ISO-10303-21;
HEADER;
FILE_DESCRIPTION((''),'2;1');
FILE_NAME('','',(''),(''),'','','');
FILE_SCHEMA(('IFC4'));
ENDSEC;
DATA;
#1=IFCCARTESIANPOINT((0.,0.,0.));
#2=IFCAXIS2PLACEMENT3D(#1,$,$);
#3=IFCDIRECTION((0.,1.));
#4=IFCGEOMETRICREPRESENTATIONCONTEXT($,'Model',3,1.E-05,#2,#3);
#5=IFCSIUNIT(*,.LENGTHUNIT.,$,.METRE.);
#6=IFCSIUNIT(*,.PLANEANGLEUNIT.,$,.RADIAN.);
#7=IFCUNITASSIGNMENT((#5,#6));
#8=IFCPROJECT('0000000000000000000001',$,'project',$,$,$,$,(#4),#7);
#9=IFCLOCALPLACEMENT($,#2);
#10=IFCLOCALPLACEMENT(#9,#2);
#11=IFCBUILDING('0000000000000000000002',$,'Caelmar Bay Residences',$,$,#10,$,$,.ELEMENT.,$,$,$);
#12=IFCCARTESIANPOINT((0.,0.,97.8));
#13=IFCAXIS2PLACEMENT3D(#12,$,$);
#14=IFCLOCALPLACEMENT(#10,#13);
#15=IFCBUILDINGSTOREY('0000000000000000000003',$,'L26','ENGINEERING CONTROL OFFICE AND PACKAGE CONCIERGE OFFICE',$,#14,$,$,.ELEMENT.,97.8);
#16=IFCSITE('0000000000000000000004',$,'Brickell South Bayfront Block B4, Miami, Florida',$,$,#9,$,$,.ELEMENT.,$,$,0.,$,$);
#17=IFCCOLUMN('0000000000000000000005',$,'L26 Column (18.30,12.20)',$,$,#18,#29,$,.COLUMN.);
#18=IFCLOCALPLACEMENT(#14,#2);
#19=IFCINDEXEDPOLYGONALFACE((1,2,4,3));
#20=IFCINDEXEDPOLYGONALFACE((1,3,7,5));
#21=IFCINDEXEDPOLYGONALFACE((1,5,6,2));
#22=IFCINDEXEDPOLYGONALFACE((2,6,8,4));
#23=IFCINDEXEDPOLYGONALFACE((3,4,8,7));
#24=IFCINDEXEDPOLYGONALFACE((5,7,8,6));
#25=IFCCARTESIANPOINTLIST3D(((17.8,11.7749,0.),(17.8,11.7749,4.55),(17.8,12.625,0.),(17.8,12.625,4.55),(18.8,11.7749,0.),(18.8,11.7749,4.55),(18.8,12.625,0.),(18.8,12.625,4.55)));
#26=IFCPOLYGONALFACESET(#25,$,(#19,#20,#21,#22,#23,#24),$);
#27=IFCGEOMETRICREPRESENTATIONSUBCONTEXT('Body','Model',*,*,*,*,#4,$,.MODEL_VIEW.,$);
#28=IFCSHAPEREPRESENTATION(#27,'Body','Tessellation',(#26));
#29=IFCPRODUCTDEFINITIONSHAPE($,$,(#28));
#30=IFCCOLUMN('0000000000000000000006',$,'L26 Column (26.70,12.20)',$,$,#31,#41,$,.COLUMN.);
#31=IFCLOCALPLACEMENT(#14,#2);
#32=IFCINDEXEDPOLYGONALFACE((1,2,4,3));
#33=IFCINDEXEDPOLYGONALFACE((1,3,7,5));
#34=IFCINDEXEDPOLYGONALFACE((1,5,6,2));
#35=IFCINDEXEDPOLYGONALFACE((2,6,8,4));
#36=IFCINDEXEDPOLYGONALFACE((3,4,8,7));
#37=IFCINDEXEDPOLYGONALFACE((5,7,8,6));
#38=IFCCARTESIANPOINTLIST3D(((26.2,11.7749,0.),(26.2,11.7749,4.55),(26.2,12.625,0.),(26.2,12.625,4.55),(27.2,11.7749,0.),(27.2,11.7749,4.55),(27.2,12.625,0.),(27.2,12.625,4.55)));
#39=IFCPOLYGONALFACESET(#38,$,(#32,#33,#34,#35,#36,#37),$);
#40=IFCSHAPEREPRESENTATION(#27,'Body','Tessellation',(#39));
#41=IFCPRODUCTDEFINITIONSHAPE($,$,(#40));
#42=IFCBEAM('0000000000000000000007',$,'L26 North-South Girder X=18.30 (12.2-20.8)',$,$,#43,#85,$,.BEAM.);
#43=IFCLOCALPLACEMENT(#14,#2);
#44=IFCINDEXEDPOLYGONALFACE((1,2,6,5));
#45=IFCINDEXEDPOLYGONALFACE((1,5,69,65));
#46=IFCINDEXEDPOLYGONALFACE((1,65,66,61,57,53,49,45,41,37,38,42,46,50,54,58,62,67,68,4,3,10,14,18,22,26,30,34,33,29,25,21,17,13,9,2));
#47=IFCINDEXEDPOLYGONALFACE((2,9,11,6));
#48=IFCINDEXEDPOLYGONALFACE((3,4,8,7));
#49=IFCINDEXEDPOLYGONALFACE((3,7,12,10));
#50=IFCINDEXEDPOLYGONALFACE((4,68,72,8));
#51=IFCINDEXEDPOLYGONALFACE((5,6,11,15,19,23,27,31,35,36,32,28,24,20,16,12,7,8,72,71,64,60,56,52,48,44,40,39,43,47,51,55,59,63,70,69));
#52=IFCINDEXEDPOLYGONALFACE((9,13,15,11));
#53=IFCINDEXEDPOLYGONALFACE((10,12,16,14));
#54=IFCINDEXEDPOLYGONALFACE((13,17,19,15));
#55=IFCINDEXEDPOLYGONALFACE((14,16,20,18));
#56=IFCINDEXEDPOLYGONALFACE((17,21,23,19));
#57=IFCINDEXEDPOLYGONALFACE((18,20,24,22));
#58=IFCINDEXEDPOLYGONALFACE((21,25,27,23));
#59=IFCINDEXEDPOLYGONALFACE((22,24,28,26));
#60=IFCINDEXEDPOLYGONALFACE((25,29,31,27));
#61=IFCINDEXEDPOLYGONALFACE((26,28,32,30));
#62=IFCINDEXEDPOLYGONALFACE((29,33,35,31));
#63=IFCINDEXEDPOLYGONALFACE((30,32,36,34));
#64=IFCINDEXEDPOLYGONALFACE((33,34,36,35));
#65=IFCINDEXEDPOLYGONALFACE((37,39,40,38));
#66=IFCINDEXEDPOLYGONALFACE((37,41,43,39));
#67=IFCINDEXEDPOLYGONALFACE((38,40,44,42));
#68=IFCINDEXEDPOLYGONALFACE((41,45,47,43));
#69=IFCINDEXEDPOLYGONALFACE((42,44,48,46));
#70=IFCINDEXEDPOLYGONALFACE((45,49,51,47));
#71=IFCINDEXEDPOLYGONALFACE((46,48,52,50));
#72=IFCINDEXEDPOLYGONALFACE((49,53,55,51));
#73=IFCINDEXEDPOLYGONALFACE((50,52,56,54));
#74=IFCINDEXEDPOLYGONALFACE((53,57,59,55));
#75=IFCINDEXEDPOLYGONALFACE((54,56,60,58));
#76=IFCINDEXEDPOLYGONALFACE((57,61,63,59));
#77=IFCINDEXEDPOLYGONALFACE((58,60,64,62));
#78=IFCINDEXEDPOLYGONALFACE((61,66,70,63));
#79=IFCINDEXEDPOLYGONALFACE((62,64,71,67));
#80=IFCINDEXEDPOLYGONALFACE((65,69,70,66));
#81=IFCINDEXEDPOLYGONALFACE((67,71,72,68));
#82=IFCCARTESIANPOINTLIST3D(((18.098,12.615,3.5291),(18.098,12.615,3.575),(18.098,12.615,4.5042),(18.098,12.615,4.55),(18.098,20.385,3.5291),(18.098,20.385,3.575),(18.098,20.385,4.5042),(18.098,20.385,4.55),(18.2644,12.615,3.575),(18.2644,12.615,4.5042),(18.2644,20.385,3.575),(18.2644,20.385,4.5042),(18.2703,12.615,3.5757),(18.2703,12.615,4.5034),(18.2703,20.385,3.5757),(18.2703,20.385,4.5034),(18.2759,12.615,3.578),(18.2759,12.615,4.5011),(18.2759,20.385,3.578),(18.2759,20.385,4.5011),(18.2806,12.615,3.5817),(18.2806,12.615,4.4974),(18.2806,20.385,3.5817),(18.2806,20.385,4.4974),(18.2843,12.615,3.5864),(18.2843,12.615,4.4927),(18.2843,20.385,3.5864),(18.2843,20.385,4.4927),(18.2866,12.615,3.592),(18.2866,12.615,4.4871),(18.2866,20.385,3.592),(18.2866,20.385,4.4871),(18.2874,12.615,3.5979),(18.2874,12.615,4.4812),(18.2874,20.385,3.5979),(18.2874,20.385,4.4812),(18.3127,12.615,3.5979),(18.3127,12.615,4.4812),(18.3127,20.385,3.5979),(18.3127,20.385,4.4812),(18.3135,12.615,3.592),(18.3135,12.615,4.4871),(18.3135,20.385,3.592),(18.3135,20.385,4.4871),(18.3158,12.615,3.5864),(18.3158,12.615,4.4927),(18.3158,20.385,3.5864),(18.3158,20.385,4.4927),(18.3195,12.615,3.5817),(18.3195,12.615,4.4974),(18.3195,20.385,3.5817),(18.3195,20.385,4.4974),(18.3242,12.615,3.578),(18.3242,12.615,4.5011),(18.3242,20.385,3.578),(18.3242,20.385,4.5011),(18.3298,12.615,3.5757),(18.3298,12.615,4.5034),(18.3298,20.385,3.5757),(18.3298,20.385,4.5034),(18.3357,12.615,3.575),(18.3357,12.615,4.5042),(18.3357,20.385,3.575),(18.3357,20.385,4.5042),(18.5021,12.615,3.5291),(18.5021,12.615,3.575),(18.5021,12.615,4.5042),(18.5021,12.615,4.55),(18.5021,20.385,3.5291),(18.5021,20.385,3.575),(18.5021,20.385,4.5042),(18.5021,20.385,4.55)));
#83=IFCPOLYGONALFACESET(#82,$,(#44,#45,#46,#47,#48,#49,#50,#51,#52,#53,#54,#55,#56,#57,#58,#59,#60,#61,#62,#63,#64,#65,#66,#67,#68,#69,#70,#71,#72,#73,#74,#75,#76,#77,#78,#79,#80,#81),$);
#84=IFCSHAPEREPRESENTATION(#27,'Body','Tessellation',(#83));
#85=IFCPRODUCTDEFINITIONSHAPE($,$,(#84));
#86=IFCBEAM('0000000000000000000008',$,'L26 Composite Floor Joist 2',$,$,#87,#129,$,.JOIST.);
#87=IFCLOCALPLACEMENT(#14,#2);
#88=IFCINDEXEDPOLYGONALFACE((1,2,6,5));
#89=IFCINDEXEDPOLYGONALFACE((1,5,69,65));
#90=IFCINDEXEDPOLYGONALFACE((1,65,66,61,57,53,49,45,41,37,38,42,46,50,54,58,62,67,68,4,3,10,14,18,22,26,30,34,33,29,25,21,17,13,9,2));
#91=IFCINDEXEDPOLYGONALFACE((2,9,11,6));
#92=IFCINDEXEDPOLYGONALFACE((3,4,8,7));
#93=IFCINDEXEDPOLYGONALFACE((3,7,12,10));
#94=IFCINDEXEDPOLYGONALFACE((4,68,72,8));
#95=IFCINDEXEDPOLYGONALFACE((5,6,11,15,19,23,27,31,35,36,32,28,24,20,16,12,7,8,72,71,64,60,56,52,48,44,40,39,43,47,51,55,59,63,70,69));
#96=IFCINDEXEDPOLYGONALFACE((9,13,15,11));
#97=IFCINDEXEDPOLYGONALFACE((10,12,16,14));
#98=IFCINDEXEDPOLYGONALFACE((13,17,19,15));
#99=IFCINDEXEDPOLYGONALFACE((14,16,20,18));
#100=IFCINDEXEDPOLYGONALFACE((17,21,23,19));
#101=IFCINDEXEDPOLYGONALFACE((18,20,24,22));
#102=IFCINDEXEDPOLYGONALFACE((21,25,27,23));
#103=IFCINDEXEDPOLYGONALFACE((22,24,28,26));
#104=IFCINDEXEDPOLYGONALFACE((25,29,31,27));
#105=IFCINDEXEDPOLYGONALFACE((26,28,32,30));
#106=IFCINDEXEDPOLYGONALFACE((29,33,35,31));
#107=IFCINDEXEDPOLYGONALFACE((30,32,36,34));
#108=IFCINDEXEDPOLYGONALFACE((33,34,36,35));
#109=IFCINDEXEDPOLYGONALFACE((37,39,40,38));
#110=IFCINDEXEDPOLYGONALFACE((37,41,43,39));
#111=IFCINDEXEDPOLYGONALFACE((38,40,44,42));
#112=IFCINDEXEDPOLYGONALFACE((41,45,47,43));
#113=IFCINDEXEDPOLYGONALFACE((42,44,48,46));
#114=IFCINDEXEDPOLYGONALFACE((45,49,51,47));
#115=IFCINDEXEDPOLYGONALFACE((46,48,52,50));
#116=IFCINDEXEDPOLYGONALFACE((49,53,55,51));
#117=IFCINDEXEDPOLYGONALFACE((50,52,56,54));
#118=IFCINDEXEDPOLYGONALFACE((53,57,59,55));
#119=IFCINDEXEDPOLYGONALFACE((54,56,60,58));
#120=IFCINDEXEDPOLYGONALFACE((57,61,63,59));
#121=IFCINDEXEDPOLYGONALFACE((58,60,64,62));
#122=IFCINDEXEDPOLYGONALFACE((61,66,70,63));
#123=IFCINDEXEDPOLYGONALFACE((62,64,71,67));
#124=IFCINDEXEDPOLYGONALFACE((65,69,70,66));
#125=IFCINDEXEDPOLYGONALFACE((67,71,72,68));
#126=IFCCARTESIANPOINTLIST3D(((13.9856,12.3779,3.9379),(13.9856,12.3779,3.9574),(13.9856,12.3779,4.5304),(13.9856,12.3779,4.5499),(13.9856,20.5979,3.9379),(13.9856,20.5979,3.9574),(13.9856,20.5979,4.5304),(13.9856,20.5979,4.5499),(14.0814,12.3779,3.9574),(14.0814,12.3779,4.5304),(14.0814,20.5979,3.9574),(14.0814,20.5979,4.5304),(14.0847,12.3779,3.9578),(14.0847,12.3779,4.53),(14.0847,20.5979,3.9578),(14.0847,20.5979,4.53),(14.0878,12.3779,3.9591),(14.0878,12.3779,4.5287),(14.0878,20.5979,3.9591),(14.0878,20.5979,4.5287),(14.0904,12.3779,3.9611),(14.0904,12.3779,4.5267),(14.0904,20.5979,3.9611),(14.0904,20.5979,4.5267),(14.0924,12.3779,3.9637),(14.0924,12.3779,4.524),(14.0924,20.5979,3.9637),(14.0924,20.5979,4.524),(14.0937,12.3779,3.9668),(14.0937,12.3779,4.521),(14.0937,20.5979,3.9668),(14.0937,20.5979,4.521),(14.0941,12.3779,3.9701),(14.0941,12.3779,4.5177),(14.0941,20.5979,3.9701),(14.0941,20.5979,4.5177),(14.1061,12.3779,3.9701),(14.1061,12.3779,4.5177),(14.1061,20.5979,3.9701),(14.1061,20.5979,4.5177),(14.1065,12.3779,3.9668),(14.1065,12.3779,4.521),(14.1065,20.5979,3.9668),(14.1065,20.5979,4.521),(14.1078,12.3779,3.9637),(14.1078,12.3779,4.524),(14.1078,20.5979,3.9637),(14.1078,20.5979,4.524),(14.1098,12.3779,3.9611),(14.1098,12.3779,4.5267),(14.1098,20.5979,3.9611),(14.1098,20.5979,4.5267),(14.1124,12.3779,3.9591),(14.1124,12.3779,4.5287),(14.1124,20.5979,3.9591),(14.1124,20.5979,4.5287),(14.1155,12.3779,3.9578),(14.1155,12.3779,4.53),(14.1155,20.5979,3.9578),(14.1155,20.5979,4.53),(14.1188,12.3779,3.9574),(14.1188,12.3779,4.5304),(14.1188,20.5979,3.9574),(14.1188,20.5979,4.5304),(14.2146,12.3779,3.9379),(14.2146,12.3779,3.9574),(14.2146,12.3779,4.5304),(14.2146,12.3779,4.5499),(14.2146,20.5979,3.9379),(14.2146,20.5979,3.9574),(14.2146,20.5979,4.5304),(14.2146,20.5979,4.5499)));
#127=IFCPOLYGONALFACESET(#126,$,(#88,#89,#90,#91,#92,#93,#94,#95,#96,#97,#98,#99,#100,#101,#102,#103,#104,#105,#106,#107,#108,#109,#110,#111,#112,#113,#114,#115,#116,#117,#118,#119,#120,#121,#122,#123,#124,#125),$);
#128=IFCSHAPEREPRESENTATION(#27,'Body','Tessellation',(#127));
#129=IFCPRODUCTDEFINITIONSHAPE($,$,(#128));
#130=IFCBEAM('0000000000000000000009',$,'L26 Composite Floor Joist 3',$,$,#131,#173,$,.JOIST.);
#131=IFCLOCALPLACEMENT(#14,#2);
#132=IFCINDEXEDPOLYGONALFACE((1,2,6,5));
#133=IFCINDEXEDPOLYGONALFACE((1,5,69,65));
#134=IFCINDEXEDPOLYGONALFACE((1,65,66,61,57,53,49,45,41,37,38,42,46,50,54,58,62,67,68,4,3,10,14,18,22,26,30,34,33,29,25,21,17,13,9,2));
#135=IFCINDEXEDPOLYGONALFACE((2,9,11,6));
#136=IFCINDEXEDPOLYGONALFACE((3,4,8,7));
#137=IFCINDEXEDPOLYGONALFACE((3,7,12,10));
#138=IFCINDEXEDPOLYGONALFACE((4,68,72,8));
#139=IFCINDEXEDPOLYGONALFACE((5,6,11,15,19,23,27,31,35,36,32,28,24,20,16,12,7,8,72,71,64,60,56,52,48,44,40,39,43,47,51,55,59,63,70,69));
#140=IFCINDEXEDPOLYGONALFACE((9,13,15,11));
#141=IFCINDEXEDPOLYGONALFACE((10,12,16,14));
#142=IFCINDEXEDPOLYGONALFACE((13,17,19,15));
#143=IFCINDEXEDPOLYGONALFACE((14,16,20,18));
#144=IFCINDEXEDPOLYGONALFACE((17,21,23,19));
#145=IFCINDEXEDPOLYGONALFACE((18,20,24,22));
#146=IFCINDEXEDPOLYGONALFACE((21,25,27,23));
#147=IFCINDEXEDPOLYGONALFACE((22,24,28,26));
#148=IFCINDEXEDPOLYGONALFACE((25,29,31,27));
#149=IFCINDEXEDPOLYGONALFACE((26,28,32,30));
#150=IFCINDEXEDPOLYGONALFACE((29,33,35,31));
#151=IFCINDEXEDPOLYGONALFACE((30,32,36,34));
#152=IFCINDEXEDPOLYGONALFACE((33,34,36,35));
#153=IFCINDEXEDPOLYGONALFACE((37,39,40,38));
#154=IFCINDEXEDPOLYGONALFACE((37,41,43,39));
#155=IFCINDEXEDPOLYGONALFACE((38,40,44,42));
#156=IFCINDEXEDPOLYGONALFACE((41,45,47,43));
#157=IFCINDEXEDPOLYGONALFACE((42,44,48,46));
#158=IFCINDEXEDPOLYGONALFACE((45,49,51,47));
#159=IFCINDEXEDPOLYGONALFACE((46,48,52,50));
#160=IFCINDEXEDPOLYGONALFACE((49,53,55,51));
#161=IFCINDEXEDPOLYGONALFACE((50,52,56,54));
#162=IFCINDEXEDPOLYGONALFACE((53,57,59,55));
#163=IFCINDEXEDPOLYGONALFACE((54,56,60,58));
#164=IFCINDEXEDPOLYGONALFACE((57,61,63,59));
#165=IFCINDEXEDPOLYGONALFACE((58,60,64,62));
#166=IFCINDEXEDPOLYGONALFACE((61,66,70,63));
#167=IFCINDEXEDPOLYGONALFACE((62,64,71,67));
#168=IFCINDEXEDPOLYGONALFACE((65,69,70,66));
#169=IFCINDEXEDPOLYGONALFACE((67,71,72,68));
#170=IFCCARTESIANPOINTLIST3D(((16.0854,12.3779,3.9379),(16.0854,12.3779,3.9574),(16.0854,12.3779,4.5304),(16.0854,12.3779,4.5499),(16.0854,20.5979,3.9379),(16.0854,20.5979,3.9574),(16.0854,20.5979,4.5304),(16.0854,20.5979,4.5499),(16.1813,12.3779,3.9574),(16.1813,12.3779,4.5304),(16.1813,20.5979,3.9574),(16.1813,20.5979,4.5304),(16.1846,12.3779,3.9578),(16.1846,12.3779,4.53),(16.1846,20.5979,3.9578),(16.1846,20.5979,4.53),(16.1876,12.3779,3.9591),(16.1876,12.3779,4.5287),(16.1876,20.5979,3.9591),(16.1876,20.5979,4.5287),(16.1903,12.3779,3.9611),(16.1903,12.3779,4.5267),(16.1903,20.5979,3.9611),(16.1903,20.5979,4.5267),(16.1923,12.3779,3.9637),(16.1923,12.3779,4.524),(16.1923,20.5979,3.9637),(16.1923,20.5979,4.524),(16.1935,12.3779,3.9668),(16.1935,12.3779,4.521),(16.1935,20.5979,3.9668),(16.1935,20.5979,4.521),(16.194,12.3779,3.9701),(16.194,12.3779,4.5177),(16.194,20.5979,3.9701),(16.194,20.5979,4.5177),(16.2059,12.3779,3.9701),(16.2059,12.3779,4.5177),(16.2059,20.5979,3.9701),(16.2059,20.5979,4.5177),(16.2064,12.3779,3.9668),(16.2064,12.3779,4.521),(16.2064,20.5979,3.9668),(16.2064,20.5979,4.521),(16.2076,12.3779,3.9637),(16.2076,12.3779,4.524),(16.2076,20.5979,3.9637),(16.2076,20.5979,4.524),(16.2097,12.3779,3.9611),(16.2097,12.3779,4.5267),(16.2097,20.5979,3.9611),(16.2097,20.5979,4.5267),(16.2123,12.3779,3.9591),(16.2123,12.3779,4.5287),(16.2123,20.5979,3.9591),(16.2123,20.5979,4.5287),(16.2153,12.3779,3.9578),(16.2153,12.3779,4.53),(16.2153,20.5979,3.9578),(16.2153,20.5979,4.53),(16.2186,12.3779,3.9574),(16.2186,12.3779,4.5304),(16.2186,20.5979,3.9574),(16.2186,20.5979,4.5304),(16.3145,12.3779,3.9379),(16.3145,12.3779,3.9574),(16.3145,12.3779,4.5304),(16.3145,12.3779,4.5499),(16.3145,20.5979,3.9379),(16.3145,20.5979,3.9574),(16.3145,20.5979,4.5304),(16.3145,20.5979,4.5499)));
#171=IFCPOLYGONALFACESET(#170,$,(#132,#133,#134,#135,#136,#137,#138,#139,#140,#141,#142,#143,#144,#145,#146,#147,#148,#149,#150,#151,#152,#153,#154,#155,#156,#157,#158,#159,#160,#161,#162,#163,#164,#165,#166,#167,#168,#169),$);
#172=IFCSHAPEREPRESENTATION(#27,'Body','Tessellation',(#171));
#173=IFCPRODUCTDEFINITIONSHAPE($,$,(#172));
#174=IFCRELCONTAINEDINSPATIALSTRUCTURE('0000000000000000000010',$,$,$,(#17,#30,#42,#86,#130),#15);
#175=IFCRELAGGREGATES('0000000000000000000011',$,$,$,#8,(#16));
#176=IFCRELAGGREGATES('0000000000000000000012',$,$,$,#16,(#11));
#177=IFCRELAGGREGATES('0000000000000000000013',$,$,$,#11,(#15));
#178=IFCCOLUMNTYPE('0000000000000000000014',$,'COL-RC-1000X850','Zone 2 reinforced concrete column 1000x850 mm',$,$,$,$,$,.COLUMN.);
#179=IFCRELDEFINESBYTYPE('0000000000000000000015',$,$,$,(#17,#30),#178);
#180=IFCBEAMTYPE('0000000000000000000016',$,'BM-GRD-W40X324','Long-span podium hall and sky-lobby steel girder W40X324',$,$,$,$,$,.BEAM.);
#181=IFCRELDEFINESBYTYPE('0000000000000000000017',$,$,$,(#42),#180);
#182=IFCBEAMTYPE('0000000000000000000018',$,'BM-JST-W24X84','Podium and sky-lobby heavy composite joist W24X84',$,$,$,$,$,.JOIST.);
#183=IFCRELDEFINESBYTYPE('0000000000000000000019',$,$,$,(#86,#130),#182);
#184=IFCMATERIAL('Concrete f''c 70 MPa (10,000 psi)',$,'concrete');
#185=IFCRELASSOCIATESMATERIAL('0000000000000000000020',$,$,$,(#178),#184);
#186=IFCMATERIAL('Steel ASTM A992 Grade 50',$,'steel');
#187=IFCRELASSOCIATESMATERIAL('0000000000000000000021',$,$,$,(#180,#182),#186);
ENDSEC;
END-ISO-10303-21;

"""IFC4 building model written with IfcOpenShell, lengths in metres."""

from ifc_helpers import new_model, si_unit, direction, frame, origin, origin_2d, place, context, subcontext, project, spatial, rectangle, i_section, extrude, material, material_profile, profile_set, type_object, element, save


model = new_model("IFC4")

# Units and contexts
model_context = context("Model", 3, precision=1e-05, world=origin(), true_north=direction((0.0, 1.0)))
body_context = subcontext(model_context, "Body", "Model", "MODEL_VIEW")
ifc_project = project(units=[si_unit("LENGTHUNIT", "METRE"), si_unit("PLANEANGLEUNIT", "RADIAN")], contexts=[model_context])

# Site, building, storey
site_placement = place(None, origin())
site = spatial("IfcSite", under=ifc_project, at=site_placement, Name="Brickell South Bayfront Block B4, Miami, Florida", CompositionType="ELEMENT", RefElevation=0.0)
building_placement = place(site_placement, origin())
building = spatial("IfcBuilding", under=site, at=building_placement, Name="Caelmar Bay Residences", CompositionType="ELEMENT")
storey_placement = place(building_placement, frame((0.0, 0.0, 97.8)))
storey = spatial("IfcBuildingStorey", under=building, at=storey_placement, Name="L26", Description="ENGINEERING CONTROL OFFICE AND PACKAGE CONCIERGE OFFICE", CompositionType="ELEMENT", Elevation=97.8)

# Columns
ifc_material_1 = material(Name="Concrete f'c 70 MPa (10,000 psi)", Category="concrete")
ifc_material_profile_1 = material_profile(ifc_material_1, rectangle(XDim=1.0, YDim=0.8501, at=origin_2d()), Name="RC-COL-1000X850")
ifc_profile_set_1 = profile_set([ifc_material_profile_1], Name="Concrete f'c 70 MPa (10,000 psi)")
column_type = type_object("IfcColumnType", Name="COL-RC-1000X850", Description="Zone 2 reinforced concrete column 1000x850 mm", PredefinedType="COLUMN", material=ifc_profile_set_1)
for number, where, z_axis, x_axis, name in (
    (1, (18.3, 12.2, 0.0), (0.0, 0.0, 1.0), (1.0, 0.0, 0.0), "L26 Column (18.30,12.20)"),
    (2, (26.7, 12.2, 0.0), (0.0, 0.0, 1.0), (1.0, 0.0, 0.0), "L26 Column (26.70,12.20)"),
):
    element("IfcColumn", number, at=place(storey_placement, frame(where, z_axis=z_axis, x_axis=x_axis)), inside=storey, type_object=column_type, Name=name, PredefinedType="COLUMN", context=body_context, shape_type="SweptSolid", body=[
        extrude(rectangle(XDim=1.0, YDim=0.8501, at=origin_2d()), origin(), (0.0, 0.0, 1.0), 4.55),
    ])

# Beams
ifc_material_2 = material(Name="Steel ASTM A992 Grade 50", Category="steel")
ifc_material_profile_2 = material_profile(ifc_material_2, i_section(OverallWidth=0.4041, OverallDepth=1.021, WebThickness=0.0254, FlangeThickness=0.0459, FilletRadius=0.0229, at=origin_2d()), Name="W40X324")
ifc_profile_set_2 = profile_set([ifc_material_profile_2], Name="Steel ASTM A992 Grade 50")
beam_type_1 = type_object("IfcBeamType", Name="BM-GRD-W40X324", Description="Long-span podium hall and sky-lobby steel girder W40X324", PredefinedType="BEAM", material=ifc_profile_set_2)
beam_1_placement = place(storey_placement, frame((18.3, 12.615, 4.0396), z_axis=(0.0, 1.0, 0.0), x_axis=(-1.0, 0.0, 0.0)))
element("IfcBeam", 3, at=beam_1_placement, inside=storey, type_object=beam_type_1, Name="L26 North-South Girder X=18.30 (12.2-20.8)", PredefinedType="BEAM", context=body_context, shape_type="SweptSolid", body=[
    extrude(i_section(OverallWidth=0.4041, OverallDepth=1.021, WebThickness=0.0254, FlangeThickness=0.0459, FilletRadius=0.0229, at=origin_2d()), origin(), (0.0, 0.0, 1.0), 7.77),
])
ifc_material_profile_3 = material_profile(ifc_material_2, i_section(OverallWidth=0.229, OverallDepth=0.6121, WebThickness=0.012, FlangeThickness=0.0195, FilletRadius=0.0127, at=origin_2d()), Name="W24X84")
ifc_profile_set_3 = profile_set([ifc_material_profile_3], Name="Steel ASTM A992 Grade 50")
beam_type_2 = type_object("IfcBeamType", Name="BM-JST-W24X84", Description="Podium and sky-lobby heavy composite joist W24X84", PredefinedType="JOIST", material=ifc_profile_set_3)
for number, where, z_axis, x_axis, name in (
    (4, (14.1001, 12.3779, 4.2439), (0.0, 1.0, 0.0), (-1.0, 0.0, 0.0), "L26 Composite Floor Joist 2"),
    (5, (16.2, 12.3779, 4.2439), (0.0, 1.0, 0.0), (-1.0, 0.0, 0.0), "L26 Composite Floor Joist 3"),
):
    element("IfcBeam", number, at=place(storey_placement, frame(where, z_axis=z_axis, x_axis=x_axis)), inside=storey, type_object=beam_type_2, Name=name, PredefinedType="JOIST", context=body_context, shape_type="SweptSolid", body=[
        extrude(i_section(OverallWidth=0.229, OverallDepth=0.6121, WebThickness=0.012, FlangeThickness=0.0195, FilletRadius=0.0127, at=origin_2d()), origin(), (0.0, 0.0, 1.0), 8.22),
    ])

save(model, "model.ifc")
